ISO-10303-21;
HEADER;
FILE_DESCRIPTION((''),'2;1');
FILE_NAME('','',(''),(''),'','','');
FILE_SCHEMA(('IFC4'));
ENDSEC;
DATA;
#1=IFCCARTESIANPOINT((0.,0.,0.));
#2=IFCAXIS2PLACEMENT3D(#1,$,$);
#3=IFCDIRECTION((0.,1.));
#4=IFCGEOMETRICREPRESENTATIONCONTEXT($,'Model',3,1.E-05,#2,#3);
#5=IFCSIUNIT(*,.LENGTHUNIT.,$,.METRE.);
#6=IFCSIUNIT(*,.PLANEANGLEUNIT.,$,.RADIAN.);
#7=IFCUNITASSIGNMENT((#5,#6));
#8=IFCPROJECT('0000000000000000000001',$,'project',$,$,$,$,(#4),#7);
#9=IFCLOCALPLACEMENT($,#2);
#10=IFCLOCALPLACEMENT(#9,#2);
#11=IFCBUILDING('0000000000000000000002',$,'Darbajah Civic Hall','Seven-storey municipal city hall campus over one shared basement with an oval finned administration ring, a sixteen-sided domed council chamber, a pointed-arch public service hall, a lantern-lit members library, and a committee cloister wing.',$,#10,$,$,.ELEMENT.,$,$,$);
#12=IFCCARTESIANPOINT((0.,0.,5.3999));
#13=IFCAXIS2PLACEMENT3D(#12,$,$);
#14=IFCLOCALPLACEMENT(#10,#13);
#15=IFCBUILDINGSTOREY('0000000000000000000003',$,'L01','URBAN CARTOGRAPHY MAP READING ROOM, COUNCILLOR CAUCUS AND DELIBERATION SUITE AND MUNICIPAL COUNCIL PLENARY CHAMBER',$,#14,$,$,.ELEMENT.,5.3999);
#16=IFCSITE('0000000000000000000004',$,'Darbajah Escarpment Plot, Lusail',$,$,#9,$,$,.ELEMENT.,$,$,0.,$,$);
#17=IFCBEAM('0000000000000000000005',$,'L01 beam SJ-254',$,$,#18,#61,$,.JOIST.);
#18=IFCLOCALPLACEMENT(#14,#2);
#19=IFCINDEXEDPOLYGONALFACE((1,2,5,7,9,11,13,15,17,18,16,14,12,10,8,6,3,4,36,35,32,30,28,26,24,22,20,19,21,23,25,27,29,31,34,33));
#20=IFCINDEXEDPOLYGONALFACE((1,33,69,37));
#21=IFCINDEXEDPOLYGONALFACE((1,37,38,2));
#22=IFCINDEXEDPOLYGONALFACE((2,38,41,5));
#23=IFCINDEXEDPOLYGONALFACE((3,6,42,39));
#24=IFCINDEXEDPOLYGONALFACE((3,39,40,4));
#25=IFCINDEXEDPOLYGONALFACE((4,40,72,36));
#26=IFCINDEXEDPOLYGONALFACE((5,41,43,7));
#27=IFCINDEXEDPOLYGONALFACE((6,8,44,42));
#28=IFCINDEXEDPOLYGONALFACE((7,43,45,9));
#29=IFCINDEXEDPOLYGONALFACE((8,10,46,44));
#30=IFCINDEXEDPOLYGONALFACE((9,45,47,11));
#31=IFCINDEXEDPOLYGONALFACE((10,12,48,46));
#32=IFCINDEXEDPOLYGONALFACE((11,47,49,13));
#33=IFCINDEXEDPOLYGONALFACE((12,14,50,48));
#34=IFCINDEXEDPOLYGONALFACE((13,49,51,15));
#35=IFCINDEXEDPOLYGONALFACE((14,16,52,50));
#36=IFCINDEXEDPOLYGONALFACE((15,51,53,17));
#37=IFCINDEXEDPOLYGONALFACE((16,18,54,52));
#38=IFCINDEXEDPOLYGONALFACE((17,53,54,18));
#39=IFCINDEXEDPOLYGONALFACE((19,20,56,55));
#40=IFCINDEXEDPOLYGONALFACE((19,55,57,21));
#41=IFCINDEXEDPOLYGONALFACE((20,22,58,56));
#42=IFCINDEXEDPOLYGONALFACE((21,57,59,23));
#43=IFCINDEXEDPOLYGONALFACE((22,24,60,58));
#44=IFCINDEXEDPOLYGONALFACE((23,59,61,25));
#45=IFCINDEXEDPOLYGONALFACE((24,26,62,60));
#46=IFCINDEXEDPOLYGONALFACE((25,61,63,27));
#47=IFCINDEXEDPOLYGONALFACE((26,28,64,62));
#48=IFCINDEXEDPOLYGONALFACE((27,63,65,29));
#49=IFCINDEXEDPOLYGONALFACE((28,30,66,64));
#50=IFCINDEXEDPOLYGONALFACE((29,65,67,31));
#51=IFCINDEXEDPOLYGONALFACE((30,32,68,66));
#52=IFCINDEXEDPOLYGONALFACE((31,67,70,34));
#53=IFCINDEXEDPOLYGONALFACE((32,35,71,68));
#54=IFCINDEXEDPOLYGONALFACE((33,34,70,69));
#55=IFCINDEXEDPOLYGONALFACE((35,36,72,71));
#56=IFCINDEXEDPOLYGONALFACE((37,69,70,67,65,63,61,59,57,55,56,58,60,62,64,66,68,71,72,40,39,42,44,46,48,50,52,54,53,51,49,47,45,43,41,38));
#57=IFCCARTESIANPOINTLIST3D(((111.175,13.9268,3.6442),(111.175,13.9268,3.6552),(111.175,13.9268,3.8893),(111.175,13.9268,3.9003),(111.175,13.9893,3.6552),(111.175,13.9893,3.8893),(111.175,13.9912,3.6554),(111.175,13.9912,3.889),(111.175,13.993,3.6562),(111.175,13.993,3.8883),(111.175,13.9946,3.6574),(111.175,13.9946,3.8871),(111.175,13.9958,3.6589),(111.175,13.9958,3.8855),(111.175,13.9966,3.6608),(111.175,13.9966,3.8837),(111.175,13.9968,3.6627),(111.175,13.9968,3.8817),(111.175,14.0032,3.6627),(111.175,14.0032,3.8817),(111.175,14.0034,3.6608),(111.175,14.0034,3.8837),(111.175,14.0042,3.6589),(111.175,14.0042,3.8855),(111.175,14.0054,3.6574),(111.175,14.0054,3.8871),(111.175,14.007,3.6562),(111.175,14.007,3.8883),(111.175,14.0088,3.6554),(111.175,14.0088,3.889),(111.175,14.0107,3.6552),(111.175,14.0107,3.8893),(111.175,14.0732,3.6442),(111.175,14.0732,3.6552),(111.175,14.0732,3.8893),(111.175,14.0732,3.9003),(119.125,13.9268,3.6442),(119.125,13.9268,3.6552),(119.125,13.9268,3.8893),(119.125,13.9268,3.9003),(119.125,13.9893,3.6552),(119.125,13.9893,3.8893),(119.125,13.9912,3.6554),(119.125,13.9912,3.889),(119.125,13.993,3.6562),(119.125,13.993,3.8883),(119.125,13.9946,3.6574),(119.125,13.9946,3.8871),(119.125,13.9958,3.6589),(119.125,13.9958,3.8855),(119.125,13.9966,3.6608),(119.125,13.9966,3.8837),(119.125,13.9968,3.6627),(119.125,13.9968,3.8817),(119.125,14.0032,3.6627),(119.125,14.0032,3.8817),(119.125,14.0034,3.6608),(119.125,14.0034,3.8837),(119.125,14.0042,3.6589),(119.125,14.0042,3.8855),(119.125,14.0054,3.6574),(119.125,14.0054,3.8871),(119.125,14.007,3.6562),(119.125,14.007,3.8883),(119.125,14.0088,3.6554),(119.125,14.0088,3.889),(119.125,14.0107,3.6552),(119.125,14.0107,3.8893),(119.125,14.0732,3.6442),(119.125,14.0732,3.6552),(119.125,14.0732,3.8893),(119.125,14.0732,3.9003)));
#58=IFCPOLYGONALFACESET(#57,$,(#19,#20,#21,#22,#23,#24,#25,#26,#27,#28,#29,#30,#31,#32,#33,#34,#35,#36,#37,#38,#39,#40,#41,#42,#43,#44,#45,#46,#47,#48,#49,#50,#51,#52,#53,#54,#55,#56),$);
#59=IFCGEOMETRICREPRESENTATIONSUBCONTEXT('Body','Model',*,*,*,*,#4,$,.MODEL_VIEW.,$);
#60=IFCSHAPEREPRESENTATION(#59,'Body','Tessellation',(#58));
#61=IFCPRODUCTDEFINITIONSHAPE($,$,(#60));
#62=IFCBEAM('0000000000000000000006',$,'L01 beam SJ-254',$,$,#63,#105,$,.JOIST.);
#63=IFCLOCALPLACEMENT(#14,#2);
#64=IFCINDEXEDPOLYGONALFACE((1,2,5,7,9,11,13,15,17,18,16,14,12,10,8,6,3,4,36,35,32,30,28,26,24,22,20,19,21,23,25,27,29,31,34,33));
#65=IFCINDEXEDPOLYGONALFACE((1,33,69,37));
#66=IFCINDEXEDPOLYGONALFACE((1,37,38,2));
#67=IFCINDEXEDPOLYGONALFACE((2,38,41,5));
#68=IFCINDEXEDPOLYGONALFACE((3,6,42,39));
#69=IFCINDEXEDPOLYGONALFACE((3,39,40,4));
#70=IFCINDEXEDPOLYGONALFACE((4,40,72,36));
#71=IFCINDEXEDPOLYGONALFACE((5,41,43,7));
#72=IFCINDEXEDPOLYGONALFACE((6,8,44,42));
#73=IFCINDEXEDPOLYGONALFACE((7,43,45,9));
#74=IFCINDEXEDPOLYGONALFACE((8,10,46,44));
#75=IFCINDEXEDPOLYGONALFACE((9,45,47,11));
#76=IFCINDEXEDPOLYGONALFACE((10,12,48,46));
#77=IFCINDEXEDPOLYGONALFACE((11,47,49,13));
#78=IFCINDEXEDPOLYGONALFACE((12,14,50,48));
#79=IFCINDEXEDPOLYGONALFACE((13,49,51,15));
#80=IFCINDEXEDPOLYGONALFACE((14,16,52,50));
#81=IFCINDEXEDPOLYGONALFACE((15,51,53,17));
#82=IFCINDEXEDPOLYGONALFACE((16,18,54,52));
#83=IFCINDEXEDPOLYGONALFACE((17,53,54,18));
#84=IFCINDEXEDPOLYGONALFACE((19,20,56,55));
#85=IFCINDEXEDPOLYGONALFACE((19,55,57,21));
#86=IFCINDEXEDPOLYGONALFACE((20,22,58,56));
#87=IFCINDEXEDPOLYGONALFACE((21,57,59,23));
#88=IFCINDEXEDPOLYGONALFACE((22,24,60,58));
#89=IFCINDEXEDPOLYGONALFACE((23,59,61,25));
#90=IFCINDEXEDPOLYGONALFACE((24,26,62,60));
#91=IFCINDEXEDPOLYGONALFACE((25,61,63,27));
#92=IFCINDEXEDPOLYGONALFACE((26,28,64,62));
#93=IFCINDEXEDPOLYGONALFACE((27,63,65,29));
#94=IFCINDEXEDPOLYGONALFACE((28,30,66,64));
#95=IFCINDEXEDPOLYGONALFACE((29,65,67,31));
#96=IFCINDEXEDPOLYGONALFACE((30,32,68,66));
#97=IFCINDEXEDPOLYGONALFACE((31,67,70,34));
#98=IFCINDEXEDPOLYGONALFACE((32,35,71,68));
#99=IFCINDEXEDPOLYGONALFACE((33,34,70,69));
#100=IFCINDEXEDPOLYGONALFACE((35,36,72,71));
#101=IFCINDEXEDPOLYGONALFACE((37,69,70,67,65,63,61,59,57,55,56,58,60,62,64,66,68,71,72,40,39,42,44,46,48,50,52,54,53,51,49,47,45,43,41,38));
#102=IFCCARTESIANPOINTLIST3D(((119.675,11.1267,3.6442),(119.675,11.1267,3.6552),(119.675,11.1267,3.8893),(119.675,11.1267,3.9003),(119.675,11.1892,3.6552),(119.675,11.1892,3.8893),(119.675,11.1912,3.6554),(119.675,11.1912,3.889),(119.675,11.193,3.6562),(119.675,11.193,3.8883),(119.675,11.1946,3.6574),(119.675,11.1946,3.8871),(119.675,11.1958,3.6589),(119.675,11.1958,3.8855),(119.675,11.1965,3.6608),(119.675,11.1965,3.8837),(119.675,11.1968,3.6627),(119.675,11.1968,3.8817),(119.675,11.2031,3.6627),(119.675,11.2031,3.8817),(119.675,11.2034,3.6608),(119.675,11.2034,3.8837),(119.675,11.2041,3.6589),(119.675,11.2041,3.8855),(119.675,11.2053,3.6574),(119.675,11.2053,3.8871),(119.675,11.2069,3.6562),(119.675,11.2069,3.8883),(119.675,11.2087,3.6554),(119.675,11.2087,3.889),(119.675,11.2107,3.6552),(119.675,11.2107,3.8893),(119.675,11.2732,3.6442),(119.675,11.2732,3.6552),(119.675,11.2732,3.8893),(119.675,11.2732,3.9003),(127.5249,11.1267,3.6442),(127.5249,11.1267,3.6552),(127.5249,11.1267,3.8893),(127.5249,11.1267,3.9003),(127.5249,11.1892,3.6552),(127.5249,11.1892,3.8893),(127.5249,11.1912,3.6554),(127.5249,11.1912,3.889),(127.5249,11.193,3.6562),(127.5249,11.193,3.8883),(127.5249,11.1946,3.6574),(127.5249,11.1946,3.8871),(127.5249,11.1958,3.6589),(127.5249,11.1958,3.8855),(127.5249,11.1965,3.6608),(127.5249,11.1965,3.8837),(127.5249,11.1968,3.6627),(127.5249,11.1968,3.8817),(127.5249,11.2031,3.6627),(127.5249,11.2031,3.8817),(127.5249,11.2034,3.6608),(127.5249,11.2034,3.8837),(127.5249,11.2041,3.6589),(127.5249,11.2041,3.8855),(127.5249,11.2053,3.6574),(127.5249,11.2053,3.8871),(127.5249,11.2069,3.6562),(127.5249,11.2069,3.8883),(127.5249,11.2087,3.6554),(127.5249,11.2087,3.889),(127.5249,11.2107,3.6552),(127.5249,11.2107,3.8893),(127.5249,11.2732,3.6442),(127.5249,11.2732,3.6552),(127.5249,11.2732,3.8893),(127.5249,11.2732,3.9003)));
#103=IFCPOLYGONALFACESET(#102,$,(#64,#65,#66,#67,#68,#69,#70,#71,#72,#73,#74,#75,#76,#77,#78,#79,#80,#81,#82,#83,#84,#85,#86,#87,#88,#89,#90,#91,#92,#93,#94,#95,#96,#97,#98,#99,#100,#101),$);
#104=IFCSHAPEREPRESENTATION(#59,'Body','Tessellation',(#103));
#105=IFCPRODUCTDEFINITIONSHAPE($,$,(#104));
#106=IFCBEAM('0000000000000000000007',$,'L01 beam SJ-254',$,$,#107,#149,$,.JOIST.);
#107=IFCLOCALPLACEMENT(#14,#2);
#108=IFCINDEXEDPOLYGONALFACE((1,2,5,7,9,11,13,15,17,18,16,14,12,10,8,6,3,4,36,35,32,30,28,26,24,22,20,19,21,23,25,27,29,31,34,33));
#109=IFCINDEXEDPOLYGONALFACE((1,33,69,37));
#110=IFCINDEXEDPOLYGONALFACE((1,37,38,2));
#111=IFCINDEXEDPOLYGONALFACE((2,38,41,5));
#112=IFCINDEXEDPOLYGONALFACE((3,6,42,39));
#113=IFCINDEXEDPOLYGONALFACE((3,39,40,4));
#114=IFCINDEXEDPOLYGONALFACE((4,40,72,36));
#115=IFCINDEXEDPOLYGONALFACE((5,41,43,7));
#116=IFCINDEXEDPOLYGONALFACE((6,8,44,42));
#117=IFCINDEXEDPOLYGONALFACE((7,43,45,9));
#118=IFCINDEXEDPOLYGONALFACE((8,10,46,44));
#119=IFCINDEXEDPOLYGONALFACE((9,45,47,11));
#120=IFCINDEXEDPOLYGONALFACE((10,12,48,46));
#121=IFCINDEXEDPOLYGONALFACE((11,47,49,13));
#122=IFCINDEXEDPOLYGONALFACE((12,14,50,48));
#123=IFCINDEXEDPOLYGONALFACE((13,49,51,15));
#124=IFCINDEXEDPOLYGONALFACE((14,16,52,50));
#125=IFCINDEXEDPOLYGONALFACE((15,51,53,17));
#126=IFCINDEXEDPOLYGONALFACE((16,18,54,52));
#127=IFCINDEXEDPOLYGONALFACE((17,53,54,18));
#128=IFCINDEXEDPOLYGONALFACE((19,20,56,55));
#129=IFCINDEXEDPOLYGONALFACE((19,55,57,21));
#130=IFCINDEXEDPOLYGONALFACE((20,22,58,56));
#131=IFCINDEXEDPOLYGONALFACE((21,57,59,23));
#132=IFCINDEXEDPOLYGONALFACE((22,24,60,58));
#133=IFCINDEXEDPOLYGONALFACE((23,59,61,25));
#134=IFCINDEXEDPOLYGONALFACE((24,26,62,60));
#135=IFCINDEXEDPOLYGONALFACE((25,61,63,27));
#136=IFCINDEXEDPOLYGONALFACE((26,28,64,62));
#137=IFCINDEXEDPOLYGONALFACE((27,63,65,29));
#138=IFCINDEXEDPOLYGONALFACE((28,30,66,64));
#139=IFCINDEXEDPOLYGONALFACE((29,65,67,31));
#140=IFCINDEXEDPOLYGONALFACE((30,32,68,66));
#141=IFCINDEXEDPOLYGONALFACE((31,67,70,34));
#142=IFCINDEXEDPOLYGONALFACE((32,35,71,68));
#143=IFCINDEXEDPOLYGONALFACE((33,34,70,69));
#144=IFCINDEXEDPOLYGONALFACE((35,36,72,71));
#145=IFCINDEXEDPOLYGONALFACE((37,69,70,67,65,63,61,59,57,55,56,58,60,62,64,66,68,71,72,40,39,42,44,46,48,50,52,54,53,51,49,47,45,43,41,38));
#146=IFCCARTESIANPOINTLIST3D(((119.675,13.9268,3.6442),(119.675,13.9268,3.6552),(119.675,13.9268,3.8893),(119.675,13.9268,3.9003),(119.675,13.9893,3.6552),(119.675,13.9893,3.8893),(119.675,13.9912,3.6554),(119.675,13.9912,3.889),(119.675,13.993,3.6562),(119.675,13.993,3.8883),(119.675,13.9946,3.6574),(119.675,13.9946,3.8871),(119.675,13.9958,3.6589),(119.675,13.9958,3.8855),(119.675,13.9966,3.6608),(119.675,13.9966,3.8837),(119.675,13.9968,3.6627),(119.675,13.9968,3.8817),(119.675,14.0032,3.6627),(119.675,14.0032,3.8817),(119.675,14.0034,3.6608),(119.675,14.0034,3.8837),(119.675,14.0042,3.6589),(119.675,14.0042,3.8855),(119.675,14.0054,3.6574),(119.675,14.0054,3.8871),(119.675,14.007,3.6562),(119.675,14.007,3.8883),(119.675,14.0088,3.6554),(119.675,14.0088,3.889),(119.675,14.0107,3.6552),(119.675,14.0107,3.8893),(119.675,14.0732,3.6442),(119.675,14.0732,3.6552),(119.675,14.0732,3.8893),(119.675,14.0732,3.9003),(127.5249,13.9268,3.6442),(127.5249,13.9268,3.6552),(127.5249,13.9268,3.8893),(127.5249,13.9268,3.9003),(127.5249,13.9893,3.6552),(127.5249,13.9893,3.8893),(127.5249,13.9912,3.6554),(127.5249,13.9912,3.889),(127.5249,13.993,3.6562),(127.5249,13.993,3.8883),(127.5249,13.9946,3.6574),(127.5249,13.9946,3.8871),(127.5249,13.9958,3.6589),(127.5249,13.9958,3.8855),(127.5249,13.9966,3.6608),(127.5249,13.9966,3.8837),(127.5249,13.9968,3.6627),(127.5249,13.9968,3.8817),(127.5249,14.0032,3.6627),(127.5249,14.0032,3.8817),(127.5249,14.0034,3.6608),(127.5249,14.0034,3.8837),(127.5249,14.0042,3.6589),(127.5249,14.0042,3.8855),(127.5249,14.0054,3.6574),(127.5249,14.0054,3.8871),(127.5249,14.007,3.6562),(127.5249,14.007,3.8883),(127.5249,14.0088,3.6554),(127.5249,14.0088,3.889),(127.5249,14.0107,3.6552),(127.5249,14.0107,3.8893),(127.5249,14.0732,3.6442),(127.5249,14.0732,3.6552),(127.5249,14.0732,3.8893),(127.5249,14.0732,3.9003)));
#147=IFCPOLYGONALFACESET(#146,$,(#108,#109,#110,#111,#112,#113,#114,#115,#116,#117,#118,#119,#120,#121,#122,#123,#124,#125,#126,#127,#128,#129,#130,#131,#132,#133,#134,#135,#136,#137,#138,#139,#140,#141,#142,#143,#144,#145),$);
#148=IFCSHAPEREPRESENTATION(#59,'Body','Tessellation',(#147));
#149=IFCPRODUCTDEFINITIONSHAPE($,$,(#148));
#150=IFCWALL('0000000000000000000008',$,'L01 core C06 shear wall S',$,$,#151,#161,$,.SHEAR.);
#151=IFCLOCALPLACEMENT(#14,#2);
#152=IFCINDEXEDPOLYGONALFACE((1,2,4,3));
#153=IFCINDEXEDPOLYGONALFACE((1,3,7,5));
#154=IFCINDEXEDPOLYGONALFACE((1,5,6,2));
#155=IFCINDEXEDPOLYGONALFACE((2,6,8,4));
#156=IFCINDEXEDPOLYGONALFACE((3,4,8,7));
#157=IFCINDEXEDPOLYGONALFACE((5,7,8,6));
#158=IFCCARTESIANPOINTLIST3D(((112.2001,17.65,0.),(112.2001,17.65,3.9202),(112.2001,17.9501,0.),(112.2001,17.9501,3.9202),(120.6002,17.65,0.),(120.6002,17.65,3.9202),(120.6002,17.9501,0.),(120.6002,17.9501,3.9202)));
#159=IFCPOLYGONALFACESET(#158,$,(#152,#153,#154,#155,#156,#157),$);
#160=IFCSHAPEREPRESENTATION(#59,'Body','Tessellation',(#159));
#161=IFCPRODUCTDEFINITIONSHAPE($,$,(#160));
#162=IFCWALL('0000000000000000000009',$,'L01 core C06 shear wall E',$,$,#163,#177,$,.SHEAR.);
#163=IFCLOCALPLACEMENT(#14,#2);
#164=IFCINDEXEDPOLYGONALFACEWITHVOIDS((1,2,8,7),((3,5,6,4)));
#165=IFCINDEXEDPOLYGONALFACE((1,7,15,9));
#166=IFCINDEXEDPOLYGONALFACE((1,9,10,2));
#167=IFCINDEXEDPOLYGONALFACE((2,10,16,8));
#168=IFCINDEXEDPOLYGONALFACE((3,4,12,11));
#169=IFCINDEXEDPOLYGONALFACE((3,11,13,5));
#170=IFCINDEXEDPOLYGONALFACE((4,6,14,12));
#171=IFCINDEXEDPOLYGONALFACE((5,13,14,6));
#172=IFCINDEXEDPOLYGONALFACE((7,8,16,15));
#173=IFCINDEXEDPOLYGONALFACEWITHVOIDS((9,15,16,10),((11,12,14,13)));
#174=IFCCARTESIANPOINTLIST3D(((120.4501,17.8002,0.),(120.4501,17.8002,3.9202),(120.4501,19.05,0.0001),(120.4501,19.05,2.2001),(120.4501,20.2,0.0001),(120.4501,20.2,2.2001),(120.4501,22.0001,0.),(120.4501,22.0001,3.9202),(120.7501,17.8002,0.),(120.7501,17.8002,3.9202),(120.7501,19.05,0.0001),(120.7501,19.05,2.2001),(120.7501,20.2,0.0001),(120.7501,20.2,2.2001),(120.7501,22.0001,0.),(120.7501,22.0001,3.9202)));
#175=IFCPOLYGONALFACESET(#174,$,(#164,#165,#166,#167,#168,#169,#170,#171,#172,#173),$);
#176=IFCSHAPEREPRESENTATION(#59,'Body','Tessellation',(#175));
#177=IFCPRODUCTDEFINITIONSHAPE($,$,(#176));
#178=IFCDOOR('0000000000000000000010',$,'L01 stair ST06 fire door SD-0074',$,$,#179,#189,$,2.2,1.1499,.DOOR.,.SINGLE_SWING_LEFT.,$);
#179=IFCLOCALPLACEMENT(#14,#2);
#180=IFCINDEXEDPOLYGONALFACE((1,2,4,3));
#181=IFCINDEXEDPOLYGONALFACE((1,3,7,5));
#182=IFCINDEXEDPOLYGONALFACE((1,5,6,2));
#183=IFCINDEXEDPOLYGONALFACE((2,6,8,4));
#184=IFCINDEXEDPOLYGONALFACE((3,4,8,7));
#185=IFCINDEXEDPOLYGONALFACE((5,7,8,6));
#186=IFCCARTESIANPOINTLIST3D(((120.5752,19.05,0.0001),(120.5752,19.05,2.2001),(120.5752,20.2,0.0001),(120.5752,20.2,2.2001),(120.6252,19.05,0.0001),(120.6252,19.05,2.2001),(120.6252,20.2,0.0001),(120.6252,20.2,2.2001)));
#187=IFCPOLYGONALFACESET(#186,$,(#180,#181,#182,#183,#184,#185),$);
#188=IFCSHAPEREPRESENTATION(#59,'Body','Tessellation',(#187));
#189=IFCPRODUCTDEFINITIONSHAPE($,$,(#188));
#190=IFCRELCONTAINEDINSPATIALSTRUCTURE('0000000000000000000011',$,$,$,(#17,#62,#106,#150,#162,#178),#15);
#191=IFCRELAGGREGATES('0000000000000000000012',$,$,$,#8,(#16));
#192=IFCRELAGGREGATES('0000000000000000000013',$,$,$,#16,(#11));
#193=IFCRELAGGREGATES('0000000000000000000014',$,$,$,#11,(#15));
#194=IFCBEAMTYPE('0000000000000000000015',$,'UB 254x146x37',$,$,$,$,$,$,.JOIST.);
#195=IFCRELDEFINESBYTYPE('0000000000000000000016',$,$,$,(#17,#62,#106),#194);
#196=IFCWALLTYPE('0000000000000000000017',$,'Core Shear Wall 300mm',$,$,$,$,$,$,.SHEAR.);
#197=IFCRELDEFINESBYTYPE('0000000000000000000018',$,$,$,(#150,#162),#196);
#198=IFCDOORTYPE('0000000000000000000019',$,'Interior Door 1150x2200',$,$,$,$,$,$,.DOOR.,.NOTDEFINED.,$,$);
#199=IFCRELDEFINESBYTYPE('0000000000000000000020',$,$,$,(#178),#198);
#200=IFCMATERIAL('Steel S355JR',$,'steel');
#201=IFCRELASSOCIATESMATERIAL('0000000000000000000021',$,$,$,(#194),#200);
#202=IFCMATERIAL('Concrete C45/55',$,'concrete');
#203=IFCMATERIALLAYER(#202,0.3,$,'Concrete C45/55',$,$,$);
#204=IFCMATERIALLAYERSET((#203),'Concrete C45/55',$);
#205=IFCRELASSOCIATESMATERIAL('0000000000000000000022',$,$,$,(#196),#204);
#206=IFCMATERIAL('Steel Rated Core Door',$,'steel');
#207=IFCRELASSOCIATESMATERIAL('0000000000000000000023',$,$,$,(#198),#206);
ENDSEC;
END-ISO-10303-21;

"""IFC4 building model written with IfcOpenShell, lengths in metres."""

from ifc_helpers import new_model, si_unit, direction, frame, frame_2d, origin, origin_2d, place, context, subcontext, project, spatial, rectangle, i_section, extrude, material, layer, layer_set, material_profile, profile_set, type_object, element, fill, save


model = new_model("IFC4")

# Units and contexts
model_context = context("Model", 3, precision=1e-05, world=origin(), true_north=direction((0.0, 1.0)))
body_context = subcontext(model_context, "Body", "Model", "MODEL_VIEW")
ifc_project = project(units=[si_unit("LENGTHUNIT", "METRE"), si_unit("PLANEANGLEUNIT", "RADIAN")], contexts=[model_context])

# Site, building, storey
site_placement = place(None, origin())
site = spatial("IfcSite", under=ifc_project, at=site_placement, Name="Darbajah Escarpment Plot, Lusail", CompositionType="ELEMENT", RefElevation=0.0)
building_placement = place(site_placement, origin())
building = spatial("IfcBuilding", under=site, at=building_placement, Name="Darbajah Civic Hall", Description="Seven-storey municipal city hall campus over one shared basement with an oval finned administration ring, a sixteen-sided domed council chamber, a pointed-arch public service hall, a lantern-lit members library, and a committee cloister wing.", CompositionType="ELEMENT")
storey_placement = place(building_placement, frame((0.0, 0.0, 5.3999)))
storey = spatial("IfcBuildingStorey", under=building, at=storey_placement, Name="L01", Description="URBAN CARTOGRAPHY MAP READING ROOM, COUNCILLOR CAUCUS AND DELIBERATION SUITE AND MUNICIPAL COUNCIL PLENARY CHAMBER", CompositionType="ELEMENT", Elevation=5.3999)

# Shared definitions
ifc_material_1 = material(Name="Concrete C45/55", Category="concrete")

# Beams
ifc_material_2 = material(Name="Steel S355JR", Category="steel")
ifc_material_profile_1 = material_profile(ifc_material_2, i_section(OverallWidth=0.1465, OverallDepth=0.2561, WebThickness=0.0063, FlangeThickness=0.011, FilletRadius=0.0076, at=origin_2d()), Name="UB 254x146x37")
ifc_profile_set_1 = profile_set([ifc_material_profile_1], Name="Steel S355JR")
beam_type_1 = type_object("IfcBeamType", Name="UB 254x146x37", PredefinedType="JOIST", material=ifc_profile_set_1)
for number, where, z_axis, x_axis, name in (
    (1, (111.175, 14.0, 3.7722), (1.0, 0.0, 0.0), (0.0, 1.0, 0.0), "L01 beam SJ-254"),
):
    element("IfcBeam", number, at=place(storey_placement, frame(where, z_axis=z_axis, x_axis=x_axis)), inside=storey, type_object=beam_type_1, Name=name, PredefinedType="JOIST", context=body_context, shape_type="SweptSolid", body=[
        extrude(i_section(OverallWidth=0.1465, OverallDepth=0.2561, WebThickness=0.0063, FlangeThickness=0.011, FilletRadius=0.0076, at=origin_2d()), origin(), (0.0, 0.0, 1.0), 7.95),
    ])
for number, where, z_axis, x_axis, name in (
    (2, (119.675, 11.2, 3.7722), (1.0, 0.0, 0.0), (0.0, 1.0, 0.0), "L01 beam SJ-254"),
    (3, (119.675, 14.0, 3.7722), (1.0, 0.0, 0.0), (0.0, 1.0, 0.0), "L01 beam SJ-254"),
):
    element("IfcBeam", number, at=place(storey_placement, frame(where, z_axis=z_axis, x_axis=x_axis)), inside=storey, type_object=beam_type_1, Name=name, PredefinedType="JOIST", context=body_context, shape_type="SweptSolid", body=[
        extrude(i_section(OverallWidth=0.1465, OverallDepth=0.2561, WebThickness=0.0063, FlangeThickness=0.011, FilletRadius=0.0076, at=origin_2d()), origin(), (0.0, 0.0, 1.0), 7.8499),
    ])

# Wall
ifc_layer_1 = layer(ifc_material_1, 0.3, Name="Concrete C45/55")
ifc_layer_set_1 = layer_set([ifc_layer_1], Name="Concrete C45/55")
wall_type_1 = type_object("IfcWallType", Name="Core Shear Wall 300mm", PredefinedType="SHEAR", material=ifc_layer_set_1)
wall_1_placement = place(storey_placement, frame((112.2, 17.8, 0.0), z_axis=(0.0, 0.0, 1.0), x_axis=(1.0, 0.0, 0.0)))
element("IfcWall", 4, at=wall_1_placement, inside=storey, type_object=wall_type_1, Name="L01 core C06 shear wall S", PredefinedType="SHEAR", context=body_context, shape_type="SweptSolid", body=[
    extrude(rectangle(XDim=8.4001, YDim=0.3, at=frame_2d((4.2002, 0.0))), origin(), (0.0, 0.0, 1.0), 3.9202),
])

# Wall, opening, door
wall_2_placement = place(storey_placement, frame((120.6001, 17.8, 0.0), z_axis=(0.0, 0.0, 1.0), x_axis=(0.0, 1.0, 0.0)))
wall_2 = element("IfcWall", 5, at=wall_2_placement, inside=storey, type_object=wall_type_1, Name="L01 core C06 shear wall E", PredefinedType="SHEAR", context=body_context, shape_type="SweptSolid", body=[
    extrude(rectangle(XDim=4.2, YDim=0.3, at=frame_2d((2.1001, 0.0))), origin(), (0.0, 0.0, 1.0), 3.9202),
])
opening_1_placement = place(wall_2_placement, frame((1.25, 0.0, 0.0)))
opening_1 = element("IfcOpeningElement", 6, at=opening_1_placement, cuts=wall_2, PredefinedType="OPENING", context=body_context, shape_type="SweptSolid", body=[
    extrude(rectangle(XDim=1.1499, YDim=2.2, at=frame_2d((0.575, 1.1001))), frame((0.0, 0.1599, 0.0), z_axis=(0.0, -1.0, 0.0), x_axis=(1.0, 0.0, 0.0)), (0.0, 0.0, 1.0), 0.3201),
])
ifc_material_3 = material(Name="Steel Rated Core Door", Category="steel")
door_type_1 = type_object("IfcDoorType", Name="Interior Door 1150x2200", OperationType="NOTDEFINED", PredefinedType="DOOR", material=ifc_material_3)
door_1_placement = place(opening_1_placement, origin())
door_1 = element("IfcDoor", 7, at=door_1_placement, inside=storey, type_object=door_type_1, Name="L01 stair ST06 fire door SD-0074", OperationType="SINGLE_SWING_LEFT", OverallHeight=2.2, OverallWidth=1.1499, PredefinedType="DOOR", context=body_context, shape_type="SweptSolid", body=[
    extrude(rectangle(XDim=1.1499, YDim=2.2, at=frame_2d((0.575, 1.1001))), frame((0.0, 0.0249, 0.0), z_axis=(0.0, -1.0, 0.0), x_axis=(1.0, 0.0, 0.0)), (0.0, 0.0, 1.0), 0.05),
])
fill(opening_1, door_1)

save(model, "model.ifc")
